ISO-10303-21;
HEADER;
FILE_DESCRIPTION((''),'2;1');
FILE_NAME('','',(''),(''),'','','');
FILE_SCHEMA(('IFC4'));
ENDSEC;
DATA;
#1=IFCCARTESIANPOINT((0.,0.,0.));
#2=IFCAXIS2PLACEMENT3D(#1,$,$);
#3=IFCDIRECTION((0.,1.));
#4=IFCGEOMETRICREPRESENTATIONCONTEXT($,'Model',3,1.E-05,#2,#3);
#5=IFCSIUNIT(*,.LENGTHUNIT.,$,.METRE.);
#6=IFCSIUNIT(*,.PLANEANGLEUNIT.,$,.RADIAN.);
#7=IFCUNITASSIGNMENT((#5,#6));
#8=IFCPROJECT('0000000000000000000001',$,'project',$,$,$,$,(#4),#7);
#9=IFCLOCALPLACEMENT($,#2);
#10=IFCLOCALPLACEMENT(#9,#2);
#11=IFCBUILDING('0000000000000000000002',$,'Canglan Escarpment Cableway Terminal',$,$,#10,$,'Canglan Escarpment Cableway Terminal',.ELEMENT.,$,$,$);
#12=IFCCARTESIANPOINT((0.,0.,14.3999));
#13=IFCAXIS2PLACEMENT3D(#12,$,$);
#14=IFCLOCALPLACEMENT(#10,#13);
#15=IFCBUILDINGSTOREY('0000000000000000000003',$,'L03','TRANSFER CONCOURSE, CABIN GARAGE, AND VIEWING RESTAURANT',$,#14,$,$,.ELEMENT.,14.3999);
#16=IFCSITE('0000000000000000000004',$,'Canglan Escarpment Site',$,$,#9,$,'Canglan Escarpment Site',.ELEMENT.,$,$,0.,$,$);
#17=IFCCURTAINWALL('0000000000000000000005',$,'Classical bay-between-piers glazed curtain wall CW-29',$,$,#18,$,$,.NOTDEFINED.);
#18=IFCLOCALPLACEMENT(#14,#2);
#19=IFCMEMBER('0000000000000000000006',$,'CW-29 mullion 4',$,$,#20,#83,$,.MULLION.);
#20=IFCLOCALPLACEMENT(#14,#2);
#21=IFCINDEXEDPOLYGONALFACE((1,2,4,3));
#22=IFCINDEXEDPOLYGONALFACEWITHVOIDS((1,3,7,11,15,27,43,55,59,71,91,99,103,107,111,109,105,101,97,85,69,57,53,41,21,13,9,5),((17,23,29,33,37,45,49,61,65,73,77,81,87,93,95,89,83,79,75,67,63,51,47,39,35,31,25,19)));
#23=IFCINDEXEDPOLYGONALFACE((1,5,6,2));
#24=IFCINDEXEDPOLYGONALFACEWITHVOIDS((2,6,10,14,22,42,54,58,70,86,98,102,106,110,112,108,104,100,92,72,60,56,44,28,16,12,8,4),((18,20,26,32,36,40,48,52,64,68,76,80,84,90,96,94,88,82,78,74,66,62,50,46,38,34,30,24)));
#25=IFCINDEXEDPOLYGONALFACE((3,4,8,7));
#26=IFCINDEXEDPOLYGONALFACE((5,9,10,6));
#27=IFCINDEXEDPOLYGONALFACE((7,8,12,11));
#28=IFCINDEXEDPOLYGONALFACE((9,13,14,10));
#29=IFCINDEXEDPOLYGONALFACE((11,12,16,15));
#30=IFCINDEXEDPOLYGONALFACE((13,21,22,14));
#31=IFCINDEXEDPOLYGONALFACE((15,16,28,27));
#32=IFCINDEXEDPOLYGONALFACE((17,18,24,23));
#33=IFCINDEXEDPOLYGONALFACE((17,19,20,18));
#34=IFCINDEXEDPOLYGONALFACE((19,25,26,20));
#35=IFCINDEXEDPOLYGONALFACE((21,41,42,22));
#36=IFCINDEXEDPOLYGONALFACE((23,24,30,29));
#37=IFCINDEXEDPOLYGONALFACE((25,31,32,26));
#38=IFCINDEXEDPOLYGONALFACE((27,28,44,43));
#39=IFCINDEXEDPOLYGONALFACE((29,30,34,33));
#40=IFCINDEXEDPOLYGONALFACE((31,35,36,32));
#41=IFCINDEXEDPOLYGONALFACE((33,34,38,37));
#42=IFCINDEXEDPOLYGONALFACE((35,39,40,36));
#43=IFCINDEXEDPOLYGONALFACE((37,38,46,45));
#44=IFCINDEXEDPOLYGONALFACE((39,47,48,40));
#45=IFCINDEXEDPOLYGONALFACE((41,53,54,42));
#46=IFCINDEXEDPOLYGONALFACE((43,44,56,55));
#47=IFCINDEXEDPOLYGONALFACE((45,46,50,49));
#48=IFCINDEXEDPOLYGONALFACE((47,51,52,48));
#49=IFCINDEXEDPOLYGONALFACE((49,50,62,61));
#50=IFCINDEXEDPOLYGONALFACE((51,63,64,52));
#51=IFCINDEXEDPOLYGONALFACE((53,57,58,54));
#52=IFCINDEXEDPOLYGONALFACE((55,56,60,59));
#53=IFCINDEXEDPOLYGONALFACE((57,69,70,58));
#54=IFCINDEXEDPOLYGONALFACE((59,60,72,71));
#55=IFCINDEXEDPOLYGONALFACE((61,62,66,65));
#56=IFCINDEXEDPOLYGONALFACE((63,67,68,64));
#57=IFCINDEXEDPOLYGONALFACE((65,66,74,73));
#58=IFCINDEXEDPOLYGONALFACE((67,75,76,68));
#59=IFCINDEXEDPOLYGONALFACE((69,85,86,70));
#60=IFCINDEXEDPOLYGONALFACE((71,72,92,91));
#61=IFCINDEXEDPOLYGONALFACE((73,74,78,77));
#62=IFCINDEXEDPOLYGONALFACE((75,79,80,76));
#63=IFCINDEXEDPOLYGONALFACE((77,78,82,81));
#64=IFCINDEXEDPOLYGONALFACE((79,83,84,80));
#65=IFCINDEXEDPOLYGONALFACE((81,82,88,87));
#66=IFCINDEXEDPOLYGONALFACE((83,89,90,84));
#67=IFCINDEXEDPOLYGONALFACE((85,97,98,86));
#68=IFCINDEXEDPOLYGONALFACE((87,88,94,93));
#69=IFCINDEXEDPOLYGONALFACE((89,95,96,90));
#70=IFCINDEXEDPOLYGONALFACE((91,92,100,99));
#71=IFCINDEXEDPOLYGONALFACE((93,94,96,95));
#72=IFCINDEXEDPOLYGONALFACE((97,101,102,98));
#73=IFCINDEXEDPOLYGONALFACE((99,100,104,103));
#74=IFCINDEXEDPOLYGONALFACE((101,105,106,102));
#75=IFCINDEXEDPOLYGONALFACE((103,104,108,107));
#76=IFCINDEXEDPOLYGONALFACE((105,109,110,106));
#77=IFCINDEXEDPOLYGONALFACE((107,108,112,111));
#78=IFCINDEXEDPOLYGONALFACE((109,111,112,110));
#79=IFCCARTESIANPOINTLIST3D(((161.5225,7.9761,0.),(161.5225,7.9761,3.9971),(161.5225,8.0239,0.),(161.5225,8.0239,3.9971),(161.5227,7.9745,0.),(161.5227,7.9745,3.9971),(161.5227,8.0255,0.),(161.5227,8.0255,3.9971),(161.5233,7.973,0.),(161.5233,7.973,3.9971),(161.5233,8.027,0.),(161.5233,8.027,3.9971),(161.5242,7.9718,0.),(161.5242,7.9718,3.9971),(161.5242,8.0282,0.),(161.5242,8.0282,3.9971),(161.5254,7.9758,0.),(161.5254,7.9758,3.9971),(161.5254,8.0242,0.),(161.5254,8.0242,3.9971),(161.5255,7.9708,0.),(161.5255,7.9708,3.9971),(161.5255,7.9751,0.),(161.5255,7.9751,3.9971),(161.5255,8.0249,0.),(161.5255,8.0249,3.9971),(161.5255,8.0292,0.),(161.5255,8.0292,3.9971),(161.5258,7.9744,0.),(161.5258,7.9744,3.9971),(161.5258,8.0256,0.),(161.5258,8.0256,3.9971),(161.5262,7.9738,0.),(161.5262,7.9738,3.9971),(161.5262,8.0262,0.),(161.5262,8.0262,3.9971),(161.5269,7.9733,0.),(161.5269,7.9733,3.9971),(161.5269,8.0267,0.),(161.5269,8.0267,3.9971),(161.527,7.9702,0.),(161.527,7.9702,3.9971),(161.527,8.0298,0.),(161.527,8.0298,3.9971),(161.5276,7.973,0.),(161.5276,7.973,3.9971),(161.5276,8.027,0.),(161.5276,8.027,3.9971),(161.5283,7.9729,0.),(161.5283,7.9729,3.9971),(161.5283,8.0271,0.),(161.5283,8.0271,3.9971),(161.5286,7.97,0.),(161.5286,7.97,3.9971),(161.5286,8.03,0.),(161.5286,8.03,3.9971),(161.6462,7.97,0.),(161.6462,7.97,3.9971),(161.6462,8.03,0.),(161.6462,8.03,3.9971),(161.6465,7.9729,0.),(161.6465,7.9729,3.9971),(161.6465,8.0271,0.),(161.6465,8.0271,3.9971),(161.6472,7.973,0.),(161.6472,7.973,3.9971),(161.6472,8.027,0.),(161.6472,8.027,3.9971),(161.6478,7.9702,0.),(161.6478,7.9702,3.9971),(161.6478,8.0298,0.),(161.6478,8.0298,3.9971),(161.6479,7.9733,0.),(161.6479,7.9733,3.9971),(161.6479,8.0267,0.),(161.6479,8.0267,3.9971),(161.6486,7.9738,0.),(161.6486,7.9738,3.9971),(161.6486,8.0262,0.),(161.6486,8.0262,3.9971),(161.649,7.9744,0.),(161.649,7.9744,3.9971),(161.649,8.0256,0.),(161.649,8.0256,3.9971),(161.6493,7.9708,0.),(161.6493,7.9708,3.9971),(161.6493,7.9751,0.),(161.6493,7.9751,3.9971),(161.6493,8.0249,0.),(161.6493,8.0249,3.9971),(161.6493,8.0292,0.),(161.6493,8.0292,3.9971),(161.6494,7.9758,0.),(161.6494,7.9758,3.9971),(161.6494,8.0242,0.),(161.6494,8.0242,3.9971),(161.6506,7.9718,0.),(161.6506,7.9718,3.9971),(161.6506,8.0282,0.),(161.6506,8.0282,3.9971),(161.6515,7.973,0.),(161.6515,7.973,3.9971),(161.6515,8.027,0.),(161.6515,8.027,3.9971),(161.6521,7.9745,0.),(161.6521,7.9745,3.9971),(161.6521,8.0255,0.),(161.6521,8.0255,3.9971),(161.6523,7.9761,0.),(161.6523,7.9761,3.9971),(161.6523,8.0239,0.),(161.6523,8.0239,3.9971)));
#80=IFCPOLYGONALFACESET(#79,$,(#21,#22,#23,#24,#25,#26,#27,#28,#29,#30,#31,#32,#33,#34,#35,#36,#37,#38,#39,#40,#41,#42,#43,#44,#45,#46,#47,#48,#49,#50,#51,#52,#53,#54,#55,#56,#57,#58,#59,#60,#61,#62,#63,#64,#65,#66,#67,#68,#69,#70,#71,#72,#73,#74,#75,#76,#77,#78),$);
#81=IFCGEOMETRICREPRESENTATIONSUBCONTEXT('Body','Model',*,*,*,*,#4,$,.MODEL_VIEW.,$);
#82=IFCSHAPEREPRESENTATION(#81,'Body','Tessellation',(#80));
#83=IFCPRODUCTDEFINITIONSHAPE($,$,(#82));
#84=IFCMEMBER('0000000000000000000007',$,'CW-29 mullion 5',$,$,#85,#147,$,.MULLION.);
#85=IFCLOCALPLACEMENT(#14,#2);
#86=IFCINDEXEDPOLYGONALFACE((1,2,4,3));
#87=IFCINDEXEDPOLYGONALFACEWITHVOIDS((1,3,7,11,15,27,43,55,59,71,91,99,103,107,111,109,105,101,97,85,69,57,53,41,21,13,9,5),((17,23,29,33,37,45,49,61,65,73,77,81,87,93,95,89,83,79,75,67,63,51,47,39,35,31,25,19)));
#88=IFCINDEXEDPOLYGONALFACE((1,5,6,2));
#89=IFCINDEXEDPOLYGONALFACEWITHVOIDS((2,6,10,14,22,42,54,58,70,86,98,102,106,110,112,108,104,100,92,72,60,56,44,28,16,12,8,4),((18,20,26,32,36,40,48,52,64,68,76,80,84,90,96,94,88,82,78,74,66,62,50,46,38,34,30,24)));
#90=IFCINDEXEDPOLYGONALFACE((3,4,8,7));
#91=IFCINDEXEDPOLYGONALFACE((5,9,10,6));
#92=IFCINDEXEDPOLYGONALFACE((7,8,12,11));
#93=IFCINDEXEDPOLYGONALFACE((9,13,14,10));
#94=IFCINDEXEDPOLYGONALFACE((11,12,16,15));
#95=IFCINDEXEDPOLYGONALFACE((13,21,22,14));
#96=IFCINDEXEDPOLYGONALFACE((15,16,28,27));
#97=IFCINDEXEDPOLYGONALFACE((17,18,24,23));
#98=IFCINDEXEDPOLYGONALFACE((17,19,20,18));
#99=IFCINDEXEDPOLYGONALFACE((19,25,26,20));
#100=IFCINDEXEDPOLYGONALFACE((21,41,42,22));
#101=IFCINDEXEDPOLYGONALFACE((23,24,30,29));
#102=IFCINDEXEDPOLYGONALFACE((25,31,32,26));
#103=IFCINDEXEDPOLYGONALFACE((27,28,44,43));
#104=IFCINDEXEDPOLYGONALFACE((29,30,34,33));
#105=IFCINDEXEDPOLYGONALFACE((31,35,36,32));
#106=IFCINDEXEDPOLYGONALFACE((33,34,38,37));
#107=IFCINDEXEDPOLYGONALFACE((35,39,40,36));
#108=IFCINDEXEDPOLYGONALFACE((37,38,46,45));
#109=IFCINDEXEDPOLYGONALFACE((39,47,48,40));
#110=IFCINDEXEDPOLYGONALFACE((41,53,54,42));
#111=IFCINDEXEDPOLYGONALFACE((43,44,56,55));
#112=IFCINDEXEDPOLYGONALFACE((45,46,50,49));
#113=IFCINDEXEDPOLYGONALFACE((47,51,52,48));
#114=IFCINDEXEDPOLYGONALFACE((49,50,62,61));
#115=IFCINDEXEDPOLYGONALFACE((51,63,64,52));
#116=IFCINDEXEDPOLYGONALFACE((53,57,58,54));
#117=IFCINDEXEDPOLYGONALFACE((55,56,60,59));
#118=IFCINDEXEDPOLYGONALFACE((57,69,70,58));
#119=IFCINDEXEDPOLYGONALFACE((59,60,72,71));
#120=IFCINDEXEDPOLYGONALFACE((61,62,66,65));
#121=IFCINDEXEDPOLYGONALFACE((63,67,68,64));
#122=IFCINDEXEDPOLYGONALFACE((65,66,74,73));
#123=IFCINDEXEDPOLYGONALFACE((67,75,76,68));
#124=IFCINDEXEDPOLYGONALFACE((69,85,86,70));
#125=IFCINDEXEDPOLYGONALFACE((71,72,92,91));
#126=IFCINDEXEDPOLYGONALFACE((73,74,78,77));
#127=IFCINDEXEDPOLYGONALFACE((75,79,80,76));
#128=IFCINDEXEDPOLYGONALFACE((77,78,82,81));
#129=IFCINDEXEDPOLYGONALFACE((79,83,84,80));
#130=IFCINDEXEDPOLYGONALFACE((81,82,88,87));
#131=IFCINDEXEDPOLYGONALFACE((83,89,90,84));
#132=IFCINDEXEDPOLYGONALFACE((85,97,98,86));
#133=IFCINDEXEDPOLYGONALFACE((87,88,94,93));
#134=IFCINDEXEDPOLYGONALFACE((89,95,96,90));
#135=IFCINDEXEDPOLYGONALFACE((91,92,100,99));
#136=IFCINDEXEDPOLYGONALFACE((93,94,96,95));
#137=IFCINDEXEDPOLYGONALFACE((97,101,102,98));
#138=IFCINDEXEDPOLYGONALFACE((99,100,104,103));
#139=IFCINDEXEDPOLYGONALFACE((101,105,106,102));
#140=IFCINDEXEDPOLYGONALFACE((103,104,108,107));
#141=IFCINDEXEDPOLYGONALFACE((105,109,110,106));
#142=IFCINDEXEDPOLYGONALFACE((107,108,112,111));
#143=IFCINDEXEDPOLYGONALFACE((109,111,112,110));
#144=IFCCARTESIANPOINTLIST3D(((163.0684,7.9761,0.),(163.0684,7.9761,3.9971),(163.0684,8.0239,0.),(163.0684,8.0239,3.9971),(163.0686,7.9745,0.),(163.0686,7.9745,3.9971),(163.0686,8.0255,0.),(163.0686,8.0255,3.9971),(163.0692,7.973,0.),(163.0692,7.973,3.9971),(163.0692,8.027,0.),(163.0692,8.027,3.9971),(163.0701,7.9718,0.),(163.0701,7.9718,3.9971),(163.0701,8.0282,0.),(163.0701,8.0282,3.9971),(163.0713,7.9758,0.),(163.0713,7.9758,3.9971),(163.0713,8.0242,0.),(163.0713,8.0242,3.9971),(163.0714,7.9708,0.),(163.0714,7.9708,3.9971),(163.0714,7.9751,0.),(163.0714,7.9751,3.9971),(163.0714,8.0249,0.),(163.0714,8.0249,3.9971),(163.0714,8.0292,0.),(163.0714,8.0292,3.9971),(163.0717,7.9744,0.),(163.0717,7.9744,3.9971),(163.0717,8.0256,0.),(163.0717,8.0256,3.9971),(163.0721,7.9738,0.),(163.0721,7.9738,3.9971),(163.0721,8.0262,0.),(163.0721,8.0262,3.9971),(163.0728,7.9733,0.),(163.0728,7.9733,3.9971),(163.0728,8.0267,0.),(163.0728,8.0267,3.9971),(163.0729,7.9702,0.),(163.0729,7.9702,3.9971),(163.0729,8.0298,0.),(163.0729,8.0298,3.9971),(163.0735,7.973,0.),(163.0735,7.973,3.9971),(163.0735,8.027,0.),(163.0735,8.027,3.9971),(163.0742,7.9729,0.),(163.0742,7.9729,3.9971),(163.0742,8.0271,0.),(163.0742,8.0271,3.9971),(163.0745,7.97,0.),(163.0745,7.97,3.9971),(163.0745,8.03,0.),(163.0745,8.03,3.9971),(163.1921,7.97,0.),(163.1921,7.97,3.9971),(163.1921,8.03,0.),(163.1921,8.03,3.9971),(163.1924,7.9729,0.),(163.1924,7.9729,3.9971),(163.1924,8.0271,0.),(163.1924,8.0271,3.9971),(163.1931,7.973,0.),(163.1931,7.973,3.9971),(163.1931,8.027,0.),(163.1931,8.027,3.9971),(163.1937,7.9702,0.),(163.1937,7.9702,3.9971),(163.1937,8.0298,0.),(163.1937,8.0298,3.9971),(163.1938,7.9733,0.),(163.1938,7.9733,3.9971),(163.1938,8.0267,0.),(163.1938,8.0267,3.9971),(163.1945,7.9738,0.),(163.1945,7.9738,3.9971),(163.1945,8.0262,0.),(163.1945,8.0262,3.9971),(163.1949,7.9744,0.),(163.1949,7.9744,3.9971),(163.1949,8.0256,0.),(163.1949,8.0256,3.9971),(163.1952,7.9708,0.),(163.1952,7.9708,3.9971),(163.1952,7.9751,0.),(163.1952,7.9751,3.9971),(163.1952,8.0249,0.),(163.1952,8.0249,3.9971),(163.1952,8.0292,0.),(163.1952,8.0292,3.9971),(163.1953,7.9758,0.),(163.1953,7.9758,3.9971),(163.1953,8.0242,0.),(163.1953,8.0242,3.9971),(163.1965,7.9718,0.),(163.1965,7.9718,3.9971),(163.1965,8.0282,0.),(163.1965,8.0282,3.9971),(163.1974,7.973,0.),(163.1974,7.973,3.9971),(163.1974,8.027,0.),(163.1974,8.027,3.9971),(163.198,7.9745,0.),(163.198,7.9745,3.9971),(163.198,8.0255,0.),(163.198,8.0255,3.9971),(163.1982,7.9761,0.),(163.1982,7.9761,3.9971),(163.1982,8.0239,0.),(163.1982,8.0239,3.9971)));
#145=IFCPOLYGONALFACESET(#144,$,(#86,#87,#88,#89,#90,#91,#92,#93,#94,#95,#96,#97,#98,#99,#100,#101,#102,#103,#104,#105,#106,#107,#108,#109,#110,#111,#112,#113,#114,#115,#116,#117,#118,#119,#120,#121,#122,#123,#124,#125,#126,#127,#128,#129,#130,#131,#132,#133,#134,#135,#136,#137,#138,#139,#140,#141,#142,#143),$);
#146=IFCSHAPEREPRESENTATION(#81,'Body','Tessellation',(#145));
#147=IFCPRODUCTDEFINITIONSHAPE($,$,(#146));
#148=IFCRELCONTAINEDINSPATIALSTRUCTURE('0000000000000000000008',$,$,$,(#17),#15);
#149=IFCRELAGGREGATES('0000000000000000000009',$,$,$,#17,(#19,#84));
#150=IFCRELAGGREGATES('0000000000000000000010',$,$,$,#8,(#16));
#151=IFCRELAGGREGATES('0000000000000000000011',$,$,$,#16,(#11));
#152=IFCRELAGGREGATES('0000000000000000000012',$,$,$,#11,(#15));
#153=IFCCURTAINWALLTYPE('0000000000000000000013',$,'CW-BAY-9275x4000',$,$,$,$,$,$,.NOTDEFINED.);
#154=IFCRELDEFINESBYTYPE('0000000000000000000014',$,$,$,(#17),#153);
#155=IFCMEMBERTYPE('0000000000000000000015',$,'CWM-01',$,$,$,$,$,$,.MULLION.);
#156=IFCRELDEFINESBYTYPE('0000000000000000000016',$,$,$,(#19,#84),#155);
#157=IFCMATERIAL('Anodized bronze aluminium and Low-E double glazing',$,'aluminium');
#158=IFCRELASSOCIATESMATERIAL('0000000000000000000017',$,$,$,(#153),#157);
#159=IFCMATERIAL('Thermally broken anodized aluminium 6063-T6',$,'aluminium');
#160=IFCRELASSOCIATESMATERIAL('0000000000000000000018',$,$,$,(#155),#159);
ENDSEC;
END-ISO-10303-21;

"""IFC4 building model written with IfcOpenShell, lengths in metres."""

from ifc_helpers import new_model, si_unit, direction, frame, origin, origin_2d, place, context, subcontext, project, spatial, hollow_rectangle, extrude, material, material_profile, profile_set, type_object, element, aggregate, save


model = new_model("IFC4")

# Units and contexts
model_context = context("Model", 3, precision=1e-05, world=origin(), true_north=direction((0.0, 1.0)))
body_context = subcontext(model_context, "Body", "Model", "MODEL_VIEW")
ifc_project = project(units=[si_unit("LENGTHUNIT", "METRE"), si_unit("PLANEANGLEUNIT", "RADIAN")], contexts=[model_context])

# Site, building, storey
site_placement = place(None, origin())
site = spatial("IfcSite", under=ifc_project, at=site_placement, Name="Canglan Escarpment Site", LongName="Canglan Escarpment Site", CompositionType="ELEMENT", RefElevation=0.0)
building_placement = place(site_placement, origin())
building = spatial("IfcBuilding", under=site, at=building_placement, Name="Canglan Escarpment Cableway Terminal", LongName="Canglan Escarpment Cableway Terminal", CompositionType="ELEMENT")
storey_placement = place(building_placement, frame((0.0, 0.0, 14.3999)))
storey = spatial("IfcBuildingStorey", under=building, at=storey_placement, Name="L03", Description="TRANSFER CONCOURSE, CABIN GARAGE, AND VIEWING RESTAURANT", CompositionType="ELEMENT", Elevation=14.3999)

# Curtain wall, members
ifc_material_1 = material(Name="Anodized bronze aluminium and Low-E double glazing", Category="aluminium")
curtain_wall_type = type_object("IfcCurtainWallType", Name="CW-BAY-9275x4000", PredefinedType="NOTDEFINED", material=ifc_material_1)
curtain_wall_placement = place(storey_placement, origin())
curtain_wall = element("IfcCurtainWall", 1, at=curtain_wall_placement, inside=storey, type_object=curtain_wall_type, Name="Classical bay-between-piers glazed curtain wall CW-29", PredefinedType="NOTDEFINED")
ifc_material_2 = material(Name="Thermally broken anodized aluminium 6063-T6", Category="aluminium")
ifc_material_profile_1 = material_profile(ifc_material_2, hollow_rectangle(XDim=0.0601, YDim=0.1299, WallThickness=0.0029, InnerFilletRadius=0.0029, OuterFilletRadius=0.0061, at=origin_2d()), Name="ALU-MULL 60x130x3")
ifc_profile_set_1 = profile_set([ifc_material_profile_1], Name="Thermally broken anodized aluminium 6063-T6")
member_type_1 = type_object("IfcMemberType", Name="CWM-01", PredefinedType="MULLION", material=ifc_profile_set_1)
member_1_placement = place(storey_placement, frame((161.5874, 8.0, 0.0), z_axis=(0.0, 0.0, 1.0), x_axis=(0.0, 1.0, 0.0)))
member_1 = element("IfcMember", 2, at=member_1_placement, type_object=member_type_1, Name="CW-29 mullion 4", PredefinedType="MULLION", context=body_context, shape_type="SweptSolid", body=[
    extrude(hollow_rectangle(XDim=0.0601, YDim=0.1299, WallThickness=0.0029, InnerFilletRadius=0.0029, OuterFilletRadius=0.0061, at=origin_2d()), origin(), (0.0, 0.0, 1.0), 3.9971),
])
member_2_placement = place(storey_placement, frame((163.1333, 8.0, 0.0), z_axis=(0.0, 0.0, 1.0), x_axis=(0.0, 1.0, 0.0)))
member_2 = element("IfcMember", 3, at=member_2_placement, type_object=member_type_1, Name="CW-29 mullion 5", PredefinedType="MULLION", context=body_context, shape_type="SweptSolid", body=[
    extrude(hollow_rectangle(XDim=0.0601, YDim=0.1299, WallThickness=0.0029, InnerFilletRadius=0.0029, OuterFilletRadius=0.0061, at=origin_2d()), origin(), (0.0, 0.0, 1.0), 3.9971),
])
aggregate(curtain_wall, [member_1, member_2])

save(model, "model.ifc")
